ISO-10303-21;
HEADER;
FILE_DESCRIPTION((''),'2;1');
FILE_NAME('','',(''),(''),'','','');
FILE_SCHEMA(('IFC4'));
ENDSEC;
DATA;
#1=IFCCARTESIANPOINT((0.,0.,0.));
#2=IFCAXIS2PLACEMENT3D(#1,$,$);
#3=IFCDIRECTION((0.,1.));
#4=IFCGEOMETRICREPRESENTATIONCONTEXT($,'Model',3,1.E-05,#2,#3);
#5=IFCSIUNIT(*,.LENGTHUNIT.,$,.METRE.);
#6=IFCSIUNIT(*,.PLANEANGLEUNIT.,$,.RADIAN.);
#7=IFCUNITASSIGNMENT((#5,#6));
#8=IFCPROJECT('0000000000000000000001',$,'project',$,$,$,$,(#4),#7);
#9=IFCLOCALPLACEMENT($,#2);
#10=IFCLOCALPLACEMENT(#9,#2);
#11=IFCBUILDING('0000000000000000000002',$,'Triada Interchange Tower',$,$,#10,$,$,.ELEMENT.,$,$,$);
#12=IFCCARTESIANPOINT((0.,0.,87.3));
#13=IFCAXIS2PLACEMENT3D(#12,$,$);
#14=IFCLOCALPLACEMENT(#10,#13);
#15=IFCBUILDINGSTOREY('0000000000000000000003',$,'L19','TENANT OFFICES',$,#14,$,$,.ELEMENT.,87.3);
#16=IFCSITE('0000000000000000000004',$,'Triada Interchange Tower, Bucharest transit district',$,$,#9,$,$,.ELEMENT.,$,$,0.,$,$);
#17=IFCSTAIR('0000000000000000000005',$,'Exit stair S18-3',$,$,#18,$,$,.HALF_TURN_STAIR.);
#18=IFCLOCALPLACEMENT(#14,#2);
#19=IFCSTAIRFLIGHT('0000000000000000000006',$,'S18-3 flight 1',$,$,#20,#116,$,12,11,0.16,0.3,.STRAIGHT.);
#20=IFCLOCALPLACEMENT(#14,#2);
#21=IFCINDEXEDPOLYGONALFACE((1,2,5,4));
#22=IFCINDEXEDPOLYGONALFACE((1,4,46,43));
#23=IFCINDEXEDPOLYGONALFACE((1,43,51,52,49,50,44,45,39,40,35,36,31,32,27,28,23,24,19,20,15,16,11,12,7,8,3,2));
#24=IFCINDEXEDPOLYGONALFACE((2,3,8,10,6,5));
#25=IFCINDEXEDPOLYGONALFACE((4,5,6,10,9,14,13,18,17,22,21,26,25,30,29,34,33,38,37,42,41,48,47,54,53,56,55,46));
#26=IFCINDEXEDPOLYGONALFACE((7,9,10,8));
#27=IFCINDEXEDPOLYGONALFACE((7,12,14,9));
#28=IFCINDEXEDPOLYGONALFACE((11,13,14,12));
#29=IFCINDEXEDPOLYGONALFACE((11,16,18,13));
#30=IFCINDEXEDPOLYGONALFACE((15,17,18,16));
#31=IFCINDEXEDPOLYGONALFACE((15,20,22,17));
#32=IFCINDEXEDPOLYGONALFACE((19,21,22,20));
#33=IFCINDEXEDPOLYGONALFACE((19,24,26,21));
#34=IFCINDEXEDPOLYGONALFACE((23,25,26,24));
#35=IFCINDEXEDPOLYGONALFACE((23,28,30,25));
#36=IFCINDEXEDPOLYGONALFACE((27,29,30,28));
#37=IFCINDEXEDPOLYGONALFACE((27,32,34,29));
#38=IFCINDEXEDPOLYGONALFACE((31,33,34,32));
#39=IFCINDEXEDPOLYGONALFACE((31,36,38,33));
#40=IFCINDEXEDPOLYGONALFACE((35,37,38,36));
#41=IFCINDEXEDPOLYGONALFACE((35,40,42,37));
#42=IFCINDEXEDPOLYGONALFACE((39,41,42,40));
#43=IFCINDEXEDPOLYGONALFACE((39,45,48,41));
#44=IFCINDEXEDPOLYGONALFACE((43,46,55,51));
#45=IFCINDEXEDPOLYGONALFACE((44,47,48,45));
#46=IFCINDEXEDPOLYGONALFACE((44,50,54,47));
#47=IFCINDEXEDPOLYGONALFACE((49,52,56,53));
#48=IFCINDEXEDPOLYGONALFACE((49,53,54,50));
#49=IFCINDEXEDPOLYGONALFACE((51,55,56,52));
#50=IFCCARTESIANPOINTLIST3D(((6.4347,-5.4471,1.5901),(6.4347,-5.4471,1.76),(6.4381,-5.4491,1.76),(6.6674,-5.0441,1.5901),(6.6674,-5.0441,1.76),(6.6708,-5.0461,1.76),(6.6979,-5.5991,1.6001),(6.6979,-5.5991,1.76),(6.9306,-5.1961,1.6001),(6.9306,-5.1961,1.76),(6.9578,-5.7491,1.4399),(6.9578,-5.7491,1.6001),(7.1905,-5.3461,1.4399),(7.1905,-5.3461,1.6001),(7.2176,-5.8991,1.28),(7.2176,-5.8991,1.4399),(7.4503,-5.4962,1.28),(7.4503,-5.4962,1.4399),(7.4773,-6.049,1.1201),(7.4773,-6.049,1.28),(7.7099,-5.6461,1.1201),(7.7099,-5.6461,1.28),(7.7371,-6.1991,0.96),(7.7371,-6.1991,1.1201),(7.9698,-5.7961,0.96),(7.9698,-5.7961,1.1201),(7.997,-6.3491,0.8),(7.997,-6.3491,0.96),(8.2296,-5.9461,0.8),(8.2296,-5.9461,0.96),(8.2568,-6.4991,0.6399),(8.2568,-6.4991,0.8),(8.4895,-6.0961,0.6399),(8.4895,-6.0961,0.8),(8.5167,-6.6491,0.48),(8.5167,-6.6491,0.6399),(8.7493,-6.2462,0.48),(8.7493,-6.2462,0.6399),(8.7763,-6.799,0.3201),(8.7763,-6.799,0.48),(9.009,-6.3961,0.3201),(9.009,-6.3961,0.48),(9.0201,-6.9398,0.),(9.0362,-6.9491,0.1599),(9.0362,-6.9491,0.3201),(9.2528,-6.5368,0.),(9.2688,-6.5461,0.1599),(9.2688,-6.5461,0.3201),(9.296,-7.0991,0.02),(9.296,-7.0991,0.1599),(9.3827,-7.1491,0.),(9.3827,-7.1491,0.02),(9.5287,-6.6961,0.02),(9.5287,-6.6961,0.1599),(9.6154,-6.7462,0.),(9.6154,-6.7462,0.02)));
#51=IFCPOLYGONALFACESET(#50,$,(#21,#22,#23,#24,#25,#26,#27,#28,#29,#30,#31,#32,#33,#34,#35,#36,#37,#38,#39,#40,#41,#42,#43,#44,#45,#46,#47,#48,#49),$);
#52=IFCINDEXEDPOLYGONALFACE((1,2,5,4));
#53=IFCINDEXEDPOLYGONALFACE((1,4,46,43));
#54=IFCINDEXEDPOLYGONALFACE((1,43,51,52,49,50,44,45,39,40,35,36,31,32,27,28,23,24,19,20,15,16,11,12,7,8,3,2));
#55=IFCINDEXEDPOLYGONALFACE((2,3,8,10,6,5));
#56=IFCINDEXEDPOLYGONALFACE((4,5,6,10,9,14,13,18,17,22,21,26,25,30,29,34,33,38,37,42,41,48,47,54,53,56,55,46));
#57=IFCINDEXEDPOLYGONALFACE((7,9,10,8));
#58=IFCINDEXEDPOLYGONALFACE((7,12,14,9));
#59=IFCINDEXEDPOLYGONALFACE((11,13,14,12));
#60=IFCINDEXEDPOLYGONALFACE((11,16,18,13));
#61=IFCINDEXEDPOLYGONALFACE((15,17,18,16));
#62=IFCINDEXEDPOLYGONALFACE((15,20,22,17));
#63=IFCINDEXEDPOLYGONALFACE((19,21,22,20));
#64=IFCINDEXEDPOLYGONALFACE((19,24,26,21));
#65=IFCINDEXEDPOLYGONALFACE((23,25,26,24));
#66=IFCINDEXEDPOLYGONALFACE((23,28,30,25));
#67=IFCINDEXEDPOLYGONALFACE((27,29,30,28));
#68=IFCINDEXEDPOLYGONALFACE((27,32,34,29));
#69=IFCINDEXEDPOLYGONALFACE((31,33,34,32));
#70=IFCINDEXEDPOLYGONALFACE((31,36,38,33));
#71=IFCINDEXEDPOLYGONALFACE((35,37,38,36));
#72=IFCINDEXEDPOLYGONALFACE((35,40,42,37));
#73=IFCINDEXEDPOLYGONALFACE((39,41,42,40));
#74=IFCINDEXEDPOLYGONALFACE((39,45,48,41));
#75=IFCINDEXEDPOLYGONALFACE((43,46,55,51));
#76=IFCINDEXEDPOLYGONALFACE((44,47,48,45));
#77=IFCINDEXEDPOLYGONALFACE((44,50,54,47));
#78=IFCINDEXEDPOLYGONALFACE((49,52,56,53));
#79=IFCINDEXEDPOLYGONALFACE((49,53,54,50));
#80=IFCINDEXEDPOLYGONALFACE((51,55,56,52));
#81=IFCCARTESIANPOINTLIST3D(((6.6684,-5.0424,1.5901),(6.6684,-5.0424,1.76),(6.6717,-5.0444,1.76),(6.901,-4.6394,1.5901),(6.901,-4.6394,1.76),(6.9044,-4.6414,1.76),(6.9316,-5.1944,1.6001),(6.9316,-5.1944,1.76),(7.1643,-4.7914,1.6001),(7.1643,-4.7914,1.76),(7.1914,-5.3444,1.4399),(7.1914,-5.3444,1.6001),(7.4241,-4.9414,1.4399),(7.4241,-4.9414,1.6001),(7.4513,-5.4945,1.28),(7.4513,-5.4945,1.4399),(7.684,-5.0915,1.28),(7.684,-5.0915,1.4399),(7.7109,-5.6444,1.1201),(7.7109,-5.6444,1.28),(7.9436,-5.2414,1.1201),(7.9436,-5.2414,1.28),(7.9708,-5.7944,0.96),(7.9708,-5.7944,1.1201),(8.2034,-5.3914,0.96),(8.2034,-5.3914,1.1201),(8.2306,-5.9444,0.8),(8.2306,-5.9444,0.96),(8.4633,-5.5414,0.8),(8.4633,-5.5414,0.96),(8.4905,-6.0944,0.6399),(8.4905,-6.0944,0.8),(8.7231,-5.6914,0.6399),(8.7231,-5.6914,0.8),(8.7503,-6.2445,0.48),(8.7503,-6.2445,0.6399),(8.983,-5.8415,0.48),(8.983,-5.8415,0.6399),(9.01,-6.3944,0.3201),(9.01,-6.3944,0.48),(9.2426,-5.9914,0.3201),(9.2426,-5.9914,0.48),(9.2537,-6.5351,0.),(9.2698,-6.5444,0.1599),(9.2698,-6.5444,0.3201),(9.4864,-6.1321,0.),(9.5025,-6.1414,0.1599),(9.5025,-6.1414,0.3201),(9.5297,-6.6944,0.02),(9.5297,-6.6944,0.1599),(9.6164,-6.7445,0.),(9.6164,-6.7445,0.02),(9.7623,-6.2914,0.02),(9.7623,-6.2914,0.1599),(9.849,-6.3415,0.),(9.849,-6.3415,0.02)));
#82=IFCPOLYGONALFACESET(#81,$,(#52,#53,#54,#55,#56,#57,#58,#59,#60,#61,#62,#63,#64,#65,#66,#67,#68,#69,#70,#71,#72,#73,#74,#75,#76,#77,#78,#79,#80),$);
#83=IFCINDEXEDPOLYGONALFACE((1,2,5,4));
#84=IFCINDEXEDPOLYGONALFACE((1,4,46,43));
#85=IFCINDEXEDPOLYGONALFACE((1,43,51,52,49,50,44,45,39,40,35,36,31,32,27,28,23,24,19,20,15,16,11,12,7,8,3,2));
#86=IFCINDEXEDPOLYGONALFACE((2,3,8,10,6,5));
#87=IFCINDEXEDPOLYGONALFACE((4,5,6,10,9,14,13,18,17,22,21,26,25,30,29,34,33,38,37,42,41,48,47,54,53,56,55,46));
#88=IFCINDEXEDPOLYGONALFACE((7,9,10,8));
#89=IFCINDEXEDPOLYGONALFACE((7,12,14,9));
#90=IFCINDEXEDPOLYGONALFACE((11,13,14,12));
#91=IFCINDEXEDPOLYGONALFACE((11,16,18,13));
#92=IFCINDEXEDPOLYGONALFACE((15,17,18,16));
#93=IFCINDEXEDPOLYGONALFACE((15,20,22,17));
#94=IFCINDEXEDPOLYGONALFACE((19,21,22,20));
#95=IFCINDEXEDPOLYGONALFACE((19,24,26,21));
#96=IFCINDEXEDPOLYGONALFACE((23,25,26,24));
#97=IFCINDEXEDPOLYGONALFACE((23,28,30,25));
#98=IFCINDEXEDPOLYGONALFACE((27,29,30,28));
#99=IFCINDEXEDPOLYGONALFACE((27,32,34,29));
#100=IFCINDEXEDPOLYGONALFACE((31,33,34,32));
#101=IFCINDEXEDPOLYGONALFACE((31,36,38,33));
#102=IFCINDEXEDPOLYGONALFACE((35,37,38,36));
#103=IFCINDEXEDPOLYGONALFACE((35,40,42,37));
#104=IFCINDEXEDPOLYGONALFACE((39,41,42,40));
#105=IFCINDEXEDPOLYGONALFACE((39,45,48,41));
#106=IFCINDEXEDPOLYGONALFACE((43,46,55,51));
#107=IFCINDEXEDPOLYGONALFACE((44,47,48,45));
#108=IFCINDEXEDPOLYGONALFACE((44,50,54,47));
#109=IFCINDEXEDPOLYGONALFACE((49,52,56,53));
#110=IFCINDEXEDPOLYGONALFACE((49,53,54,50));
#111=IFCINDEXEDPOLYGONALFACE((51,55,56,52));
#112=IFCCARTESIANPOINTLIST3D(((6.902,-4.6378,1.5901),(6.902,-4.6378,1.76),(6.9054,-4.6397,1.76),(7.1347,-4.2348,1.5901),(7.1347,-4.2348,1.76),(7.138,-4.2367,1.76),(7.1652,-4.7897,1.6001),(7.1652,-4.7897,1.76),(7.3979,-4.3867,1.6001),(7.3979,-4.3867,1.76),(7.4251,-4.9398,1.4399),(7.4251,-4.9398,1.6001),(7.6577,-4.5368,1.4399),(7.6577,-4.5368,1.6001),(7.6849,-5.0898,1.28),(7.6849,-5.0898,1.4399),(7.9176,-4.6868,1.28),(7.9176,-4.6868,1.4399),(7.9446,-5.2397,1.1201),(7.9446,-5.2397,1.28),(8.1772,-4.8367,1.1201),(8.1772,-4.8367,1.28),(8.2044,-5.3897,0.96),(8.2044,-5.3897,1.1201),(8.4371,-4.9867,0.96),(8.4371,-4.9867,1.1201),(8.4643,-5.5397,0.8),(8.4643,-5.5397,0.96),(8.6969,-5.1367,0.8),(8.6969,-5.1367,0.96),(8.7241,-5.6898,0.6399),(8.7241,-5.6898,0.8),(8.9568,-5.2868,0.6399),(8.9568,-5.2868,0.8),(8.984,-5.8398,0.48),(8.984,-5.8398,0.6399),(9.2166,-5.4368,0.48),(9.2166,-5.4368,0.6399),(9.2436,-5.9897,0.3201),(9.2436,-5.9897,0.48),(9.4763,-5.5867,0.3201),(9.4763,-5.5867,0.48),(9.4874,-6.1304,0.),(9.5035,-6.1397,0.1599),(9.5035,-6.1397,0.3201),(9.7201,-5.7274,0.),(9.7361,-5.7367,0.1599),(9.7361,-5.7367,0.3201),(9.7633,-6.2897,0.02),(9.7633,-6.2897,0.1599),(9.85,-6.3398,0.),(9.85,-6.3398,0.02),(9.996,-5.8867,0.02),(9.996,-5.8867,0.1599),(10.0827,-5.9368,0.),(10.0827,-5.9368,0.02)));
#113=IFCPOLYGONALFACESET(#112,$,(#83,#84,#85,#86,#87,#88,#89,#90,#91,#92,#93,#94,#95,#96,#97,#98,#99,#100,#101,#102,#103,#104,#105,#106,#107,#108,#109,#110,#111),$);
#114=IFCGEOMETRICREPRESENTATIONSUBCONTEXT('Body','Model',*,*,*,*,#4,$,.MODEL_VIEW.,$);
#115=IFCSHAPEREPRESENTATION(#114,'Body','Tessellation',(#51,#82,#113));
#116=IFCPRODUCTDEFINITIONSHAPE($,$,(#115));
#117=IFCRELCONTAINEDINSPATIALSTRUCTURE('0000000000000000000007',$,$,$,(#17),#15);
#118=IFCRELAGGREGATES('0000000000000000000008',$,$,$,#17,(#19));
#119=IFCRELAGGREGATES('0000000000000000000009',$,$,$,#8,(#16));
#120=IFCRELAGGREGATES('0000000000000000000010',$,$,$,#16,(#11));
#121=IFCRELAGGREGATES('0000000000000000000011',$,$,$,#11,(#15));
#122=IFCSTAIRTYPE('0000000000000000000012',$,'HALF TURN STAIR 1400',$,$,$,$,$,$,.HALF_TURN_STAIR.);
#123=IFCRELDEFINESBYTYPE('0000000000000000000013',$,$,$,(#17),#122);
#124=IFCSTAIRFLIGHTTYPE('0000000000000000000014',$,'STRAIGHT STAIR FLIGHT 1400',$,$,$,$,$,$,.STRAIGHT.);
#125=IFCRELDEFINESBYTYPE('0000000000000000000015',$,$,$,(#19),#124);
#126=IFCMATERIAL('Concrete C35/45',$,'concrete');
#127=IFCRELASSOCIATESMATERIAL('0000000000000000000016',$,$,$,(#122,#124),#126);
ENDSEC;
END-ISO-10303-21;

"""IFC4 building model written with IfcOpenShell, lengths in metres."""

from ifc_helpers import new_model, si_unit, direction, frame, origin, place, context, subcontext, project, spatial, polyline, outline, extrude, material, type_object, element, aggregate, save


model = new_model("IFC4")

# Units and contexts
model_context = context("Model", 3, precision=1e-05, world=origin(), true_north=direction((0.0, 1.0)))
body_context = subcontext(model_context, "Body", "Model", "MODEL_VIEW")
ifc_project = project(units=[si_unit("LENGTHUNIT", "METRE"), si_unit("PLANEANGLEUNIT", "RADIAN")], contexts=[model_context])

# Site, building, storey
site_placement = place(None, origin())
site = spatial("IfcSite", under=ifc_project, at=site_placement, Name="Triada Interchange Tower, Bucharest transit district", CompositionType="ELEMENT", RefElevation=0.0)
building_placement = place(site_placement, origin())
building = spatial("IfcBuilding", under=site, at=building_placement, Name="Triada Interchange Tower", CompositionType="ELEMENT")
storey_placement = place(building_placement, frame((0.0, 0.0, 87.3)))
storey = spatial("IfcBuildingStorey", under=building, at=storey_placement, Name="L19", Description="TENANT OFFICES", CompositionType="ELEMENT", Elevation=87.3)

# Stair, stair flight
ifc_material_1 = material(Name="Concrete C35/45", Category="concrete")
stair_type = type_object("IfcStairType", Name="HALF TURN STAIR 1400", PredefinedType="HALF_TURN_STAIR", material=ifc_material_1)
stair_placement = place(storey_placement, origin())
stair = element("IfcStair", 1, at=stair_placement, inside=storey, type_object=stair_type, Name="Exit stair S18-3", PredefinedType="HALF_TURN_STAIR")
stair_flight_type = type_object("IfcStairFlightType", Name="STRAIGHT STAIR FLIGHT 1400", PredefinedType="STRAIGHT", material=ifc_material_1)
stair_flight_1_placement = place(storey_placement, frame((9.646, -6.4929, 0.0), z_axis=(0.0, 0.0, 1.0), x_axis=(-0.866025, 0.5, 0.0)))
stair_flight_1 = element("IfcStairFlight", 2, at=stair_flight_1_placement, type_object=stair_flight_type, Name="S18-3 flight 1", NumberOfRisers=12, NumberOfTreads=11, PredefinedType="STRAIGHT", RiserHeight=0.16, TreadLength=0.3, context=body_context, shape_type="SweptSolid", body=[
    extrude(outline(polyline([(-0.1001, 0.0), (-0.1001, 0.02), (0.0, 0.02), (0.0, 0.1599), (0.3, 0.1599), (0.3, 0.3201), (0.6001, 0.3201), (0.6001, 0.48), (0.8999, 0.48), (0.8999, 0.6399), (1.2, 0.6399), (1.2, 0.8), (1.5, 0.8), (1.5, 0.96), (1.8, 0.96), (1.8, 1.1201), (2.1001, 1.1201), (2.1001, 1.28), (2.3999, 1.28), (2.3999, 1.4399), (2.7, 1.4399), (2.7, 1.6001), (3.0, 1.6001), (3.0, 1.76), (3.3, 1.76), (3.304, 1.76), (3.304, 1.9199), (3.304, 1.5901), (0.3186, 0.0), (-0.1001, 0.0)])), frame((0.0, 0.7, 0.0), z_axis=(0.0, -1.0, 0.0), x_axis=(1.0, 0.0, 0.0)), (0.0, 0.0, 1.0), 0.4653),
    extrude(outline(polyline([(-0.1001, 0.0), (-0.1001, 0.02), (0.0, 0.02), (0.0, 0.1599), (0.3, 0.1599), (0.3, 0.3201), (0.6001, 0.3201), (0.6001, 0.48), (0.8999, 0.48), (0.8999, 0.6399), (1.2, 0.6399), (1.2, 0.8), (1.5, 0.8), (1.5, 0.96), (1.8, 0.96), (1.8, 1.1201), (2.1001, 1.1201), (2.1001, 1.28), (2.3999, 1.28), (2.3999, 1.4399), (2.7, 1.4399), (2.7, 1.6001), (3.0, 1.6001), (3.0, 1.76), (3.3, 1.76), (3.304, 1.76), (3.304, 1.9199), (3.304, 1.5901), (0.3186, 0.0), (-0.1001, 0.0)])), frame((0.0, 0.2327, 0.0), z_axis=(0.0, -1.0, 0.0), x_axis=(1.0, 0.0, 0.0)), (0.0, 0.0, 1.0), 0.4653),
    extrude(outline(polyline([(-0.1001, 0.0), (-0.1001, 0.02), (0.0, 0.02), (0.0, 0.1599), (0.3, 0.1599), (0.3, 0.3201), (0.6001, 0.3201), (0.6001, 0.48), (0.8999, 0.48), (0.8999, 0.6399), (1.2, 0.6399), (1.2, 0.8), (1.5, 0.8), (1.5, 0.96), (1.8, 0.96), (1.8, 1.1201), (2.1001, 1.1201), (2.1001, 1.28), (2.3999, 1.28), (2.3999, 1.4399), (2.7, 1.4399), (2.7, 1.6001), (3.0, 1.6001), (3.0, 1.76), (3.3, 1.76), (3.304, 1.76), (3.304, 1.9199), (3.304, 1.5901), (0.3186, 0.0), (-0.1001, 0.0)])), frame((0.0, -0.2346, 0.0), z_axis=(0.0, -1.0, 0.0), x_axis=(1.0, 0.0, 0.0)), (0.0, 0.0, 1.0), 0.4653),
])

aggregate(stair, [stair_flight_1])

save(model, "model.ifc")
